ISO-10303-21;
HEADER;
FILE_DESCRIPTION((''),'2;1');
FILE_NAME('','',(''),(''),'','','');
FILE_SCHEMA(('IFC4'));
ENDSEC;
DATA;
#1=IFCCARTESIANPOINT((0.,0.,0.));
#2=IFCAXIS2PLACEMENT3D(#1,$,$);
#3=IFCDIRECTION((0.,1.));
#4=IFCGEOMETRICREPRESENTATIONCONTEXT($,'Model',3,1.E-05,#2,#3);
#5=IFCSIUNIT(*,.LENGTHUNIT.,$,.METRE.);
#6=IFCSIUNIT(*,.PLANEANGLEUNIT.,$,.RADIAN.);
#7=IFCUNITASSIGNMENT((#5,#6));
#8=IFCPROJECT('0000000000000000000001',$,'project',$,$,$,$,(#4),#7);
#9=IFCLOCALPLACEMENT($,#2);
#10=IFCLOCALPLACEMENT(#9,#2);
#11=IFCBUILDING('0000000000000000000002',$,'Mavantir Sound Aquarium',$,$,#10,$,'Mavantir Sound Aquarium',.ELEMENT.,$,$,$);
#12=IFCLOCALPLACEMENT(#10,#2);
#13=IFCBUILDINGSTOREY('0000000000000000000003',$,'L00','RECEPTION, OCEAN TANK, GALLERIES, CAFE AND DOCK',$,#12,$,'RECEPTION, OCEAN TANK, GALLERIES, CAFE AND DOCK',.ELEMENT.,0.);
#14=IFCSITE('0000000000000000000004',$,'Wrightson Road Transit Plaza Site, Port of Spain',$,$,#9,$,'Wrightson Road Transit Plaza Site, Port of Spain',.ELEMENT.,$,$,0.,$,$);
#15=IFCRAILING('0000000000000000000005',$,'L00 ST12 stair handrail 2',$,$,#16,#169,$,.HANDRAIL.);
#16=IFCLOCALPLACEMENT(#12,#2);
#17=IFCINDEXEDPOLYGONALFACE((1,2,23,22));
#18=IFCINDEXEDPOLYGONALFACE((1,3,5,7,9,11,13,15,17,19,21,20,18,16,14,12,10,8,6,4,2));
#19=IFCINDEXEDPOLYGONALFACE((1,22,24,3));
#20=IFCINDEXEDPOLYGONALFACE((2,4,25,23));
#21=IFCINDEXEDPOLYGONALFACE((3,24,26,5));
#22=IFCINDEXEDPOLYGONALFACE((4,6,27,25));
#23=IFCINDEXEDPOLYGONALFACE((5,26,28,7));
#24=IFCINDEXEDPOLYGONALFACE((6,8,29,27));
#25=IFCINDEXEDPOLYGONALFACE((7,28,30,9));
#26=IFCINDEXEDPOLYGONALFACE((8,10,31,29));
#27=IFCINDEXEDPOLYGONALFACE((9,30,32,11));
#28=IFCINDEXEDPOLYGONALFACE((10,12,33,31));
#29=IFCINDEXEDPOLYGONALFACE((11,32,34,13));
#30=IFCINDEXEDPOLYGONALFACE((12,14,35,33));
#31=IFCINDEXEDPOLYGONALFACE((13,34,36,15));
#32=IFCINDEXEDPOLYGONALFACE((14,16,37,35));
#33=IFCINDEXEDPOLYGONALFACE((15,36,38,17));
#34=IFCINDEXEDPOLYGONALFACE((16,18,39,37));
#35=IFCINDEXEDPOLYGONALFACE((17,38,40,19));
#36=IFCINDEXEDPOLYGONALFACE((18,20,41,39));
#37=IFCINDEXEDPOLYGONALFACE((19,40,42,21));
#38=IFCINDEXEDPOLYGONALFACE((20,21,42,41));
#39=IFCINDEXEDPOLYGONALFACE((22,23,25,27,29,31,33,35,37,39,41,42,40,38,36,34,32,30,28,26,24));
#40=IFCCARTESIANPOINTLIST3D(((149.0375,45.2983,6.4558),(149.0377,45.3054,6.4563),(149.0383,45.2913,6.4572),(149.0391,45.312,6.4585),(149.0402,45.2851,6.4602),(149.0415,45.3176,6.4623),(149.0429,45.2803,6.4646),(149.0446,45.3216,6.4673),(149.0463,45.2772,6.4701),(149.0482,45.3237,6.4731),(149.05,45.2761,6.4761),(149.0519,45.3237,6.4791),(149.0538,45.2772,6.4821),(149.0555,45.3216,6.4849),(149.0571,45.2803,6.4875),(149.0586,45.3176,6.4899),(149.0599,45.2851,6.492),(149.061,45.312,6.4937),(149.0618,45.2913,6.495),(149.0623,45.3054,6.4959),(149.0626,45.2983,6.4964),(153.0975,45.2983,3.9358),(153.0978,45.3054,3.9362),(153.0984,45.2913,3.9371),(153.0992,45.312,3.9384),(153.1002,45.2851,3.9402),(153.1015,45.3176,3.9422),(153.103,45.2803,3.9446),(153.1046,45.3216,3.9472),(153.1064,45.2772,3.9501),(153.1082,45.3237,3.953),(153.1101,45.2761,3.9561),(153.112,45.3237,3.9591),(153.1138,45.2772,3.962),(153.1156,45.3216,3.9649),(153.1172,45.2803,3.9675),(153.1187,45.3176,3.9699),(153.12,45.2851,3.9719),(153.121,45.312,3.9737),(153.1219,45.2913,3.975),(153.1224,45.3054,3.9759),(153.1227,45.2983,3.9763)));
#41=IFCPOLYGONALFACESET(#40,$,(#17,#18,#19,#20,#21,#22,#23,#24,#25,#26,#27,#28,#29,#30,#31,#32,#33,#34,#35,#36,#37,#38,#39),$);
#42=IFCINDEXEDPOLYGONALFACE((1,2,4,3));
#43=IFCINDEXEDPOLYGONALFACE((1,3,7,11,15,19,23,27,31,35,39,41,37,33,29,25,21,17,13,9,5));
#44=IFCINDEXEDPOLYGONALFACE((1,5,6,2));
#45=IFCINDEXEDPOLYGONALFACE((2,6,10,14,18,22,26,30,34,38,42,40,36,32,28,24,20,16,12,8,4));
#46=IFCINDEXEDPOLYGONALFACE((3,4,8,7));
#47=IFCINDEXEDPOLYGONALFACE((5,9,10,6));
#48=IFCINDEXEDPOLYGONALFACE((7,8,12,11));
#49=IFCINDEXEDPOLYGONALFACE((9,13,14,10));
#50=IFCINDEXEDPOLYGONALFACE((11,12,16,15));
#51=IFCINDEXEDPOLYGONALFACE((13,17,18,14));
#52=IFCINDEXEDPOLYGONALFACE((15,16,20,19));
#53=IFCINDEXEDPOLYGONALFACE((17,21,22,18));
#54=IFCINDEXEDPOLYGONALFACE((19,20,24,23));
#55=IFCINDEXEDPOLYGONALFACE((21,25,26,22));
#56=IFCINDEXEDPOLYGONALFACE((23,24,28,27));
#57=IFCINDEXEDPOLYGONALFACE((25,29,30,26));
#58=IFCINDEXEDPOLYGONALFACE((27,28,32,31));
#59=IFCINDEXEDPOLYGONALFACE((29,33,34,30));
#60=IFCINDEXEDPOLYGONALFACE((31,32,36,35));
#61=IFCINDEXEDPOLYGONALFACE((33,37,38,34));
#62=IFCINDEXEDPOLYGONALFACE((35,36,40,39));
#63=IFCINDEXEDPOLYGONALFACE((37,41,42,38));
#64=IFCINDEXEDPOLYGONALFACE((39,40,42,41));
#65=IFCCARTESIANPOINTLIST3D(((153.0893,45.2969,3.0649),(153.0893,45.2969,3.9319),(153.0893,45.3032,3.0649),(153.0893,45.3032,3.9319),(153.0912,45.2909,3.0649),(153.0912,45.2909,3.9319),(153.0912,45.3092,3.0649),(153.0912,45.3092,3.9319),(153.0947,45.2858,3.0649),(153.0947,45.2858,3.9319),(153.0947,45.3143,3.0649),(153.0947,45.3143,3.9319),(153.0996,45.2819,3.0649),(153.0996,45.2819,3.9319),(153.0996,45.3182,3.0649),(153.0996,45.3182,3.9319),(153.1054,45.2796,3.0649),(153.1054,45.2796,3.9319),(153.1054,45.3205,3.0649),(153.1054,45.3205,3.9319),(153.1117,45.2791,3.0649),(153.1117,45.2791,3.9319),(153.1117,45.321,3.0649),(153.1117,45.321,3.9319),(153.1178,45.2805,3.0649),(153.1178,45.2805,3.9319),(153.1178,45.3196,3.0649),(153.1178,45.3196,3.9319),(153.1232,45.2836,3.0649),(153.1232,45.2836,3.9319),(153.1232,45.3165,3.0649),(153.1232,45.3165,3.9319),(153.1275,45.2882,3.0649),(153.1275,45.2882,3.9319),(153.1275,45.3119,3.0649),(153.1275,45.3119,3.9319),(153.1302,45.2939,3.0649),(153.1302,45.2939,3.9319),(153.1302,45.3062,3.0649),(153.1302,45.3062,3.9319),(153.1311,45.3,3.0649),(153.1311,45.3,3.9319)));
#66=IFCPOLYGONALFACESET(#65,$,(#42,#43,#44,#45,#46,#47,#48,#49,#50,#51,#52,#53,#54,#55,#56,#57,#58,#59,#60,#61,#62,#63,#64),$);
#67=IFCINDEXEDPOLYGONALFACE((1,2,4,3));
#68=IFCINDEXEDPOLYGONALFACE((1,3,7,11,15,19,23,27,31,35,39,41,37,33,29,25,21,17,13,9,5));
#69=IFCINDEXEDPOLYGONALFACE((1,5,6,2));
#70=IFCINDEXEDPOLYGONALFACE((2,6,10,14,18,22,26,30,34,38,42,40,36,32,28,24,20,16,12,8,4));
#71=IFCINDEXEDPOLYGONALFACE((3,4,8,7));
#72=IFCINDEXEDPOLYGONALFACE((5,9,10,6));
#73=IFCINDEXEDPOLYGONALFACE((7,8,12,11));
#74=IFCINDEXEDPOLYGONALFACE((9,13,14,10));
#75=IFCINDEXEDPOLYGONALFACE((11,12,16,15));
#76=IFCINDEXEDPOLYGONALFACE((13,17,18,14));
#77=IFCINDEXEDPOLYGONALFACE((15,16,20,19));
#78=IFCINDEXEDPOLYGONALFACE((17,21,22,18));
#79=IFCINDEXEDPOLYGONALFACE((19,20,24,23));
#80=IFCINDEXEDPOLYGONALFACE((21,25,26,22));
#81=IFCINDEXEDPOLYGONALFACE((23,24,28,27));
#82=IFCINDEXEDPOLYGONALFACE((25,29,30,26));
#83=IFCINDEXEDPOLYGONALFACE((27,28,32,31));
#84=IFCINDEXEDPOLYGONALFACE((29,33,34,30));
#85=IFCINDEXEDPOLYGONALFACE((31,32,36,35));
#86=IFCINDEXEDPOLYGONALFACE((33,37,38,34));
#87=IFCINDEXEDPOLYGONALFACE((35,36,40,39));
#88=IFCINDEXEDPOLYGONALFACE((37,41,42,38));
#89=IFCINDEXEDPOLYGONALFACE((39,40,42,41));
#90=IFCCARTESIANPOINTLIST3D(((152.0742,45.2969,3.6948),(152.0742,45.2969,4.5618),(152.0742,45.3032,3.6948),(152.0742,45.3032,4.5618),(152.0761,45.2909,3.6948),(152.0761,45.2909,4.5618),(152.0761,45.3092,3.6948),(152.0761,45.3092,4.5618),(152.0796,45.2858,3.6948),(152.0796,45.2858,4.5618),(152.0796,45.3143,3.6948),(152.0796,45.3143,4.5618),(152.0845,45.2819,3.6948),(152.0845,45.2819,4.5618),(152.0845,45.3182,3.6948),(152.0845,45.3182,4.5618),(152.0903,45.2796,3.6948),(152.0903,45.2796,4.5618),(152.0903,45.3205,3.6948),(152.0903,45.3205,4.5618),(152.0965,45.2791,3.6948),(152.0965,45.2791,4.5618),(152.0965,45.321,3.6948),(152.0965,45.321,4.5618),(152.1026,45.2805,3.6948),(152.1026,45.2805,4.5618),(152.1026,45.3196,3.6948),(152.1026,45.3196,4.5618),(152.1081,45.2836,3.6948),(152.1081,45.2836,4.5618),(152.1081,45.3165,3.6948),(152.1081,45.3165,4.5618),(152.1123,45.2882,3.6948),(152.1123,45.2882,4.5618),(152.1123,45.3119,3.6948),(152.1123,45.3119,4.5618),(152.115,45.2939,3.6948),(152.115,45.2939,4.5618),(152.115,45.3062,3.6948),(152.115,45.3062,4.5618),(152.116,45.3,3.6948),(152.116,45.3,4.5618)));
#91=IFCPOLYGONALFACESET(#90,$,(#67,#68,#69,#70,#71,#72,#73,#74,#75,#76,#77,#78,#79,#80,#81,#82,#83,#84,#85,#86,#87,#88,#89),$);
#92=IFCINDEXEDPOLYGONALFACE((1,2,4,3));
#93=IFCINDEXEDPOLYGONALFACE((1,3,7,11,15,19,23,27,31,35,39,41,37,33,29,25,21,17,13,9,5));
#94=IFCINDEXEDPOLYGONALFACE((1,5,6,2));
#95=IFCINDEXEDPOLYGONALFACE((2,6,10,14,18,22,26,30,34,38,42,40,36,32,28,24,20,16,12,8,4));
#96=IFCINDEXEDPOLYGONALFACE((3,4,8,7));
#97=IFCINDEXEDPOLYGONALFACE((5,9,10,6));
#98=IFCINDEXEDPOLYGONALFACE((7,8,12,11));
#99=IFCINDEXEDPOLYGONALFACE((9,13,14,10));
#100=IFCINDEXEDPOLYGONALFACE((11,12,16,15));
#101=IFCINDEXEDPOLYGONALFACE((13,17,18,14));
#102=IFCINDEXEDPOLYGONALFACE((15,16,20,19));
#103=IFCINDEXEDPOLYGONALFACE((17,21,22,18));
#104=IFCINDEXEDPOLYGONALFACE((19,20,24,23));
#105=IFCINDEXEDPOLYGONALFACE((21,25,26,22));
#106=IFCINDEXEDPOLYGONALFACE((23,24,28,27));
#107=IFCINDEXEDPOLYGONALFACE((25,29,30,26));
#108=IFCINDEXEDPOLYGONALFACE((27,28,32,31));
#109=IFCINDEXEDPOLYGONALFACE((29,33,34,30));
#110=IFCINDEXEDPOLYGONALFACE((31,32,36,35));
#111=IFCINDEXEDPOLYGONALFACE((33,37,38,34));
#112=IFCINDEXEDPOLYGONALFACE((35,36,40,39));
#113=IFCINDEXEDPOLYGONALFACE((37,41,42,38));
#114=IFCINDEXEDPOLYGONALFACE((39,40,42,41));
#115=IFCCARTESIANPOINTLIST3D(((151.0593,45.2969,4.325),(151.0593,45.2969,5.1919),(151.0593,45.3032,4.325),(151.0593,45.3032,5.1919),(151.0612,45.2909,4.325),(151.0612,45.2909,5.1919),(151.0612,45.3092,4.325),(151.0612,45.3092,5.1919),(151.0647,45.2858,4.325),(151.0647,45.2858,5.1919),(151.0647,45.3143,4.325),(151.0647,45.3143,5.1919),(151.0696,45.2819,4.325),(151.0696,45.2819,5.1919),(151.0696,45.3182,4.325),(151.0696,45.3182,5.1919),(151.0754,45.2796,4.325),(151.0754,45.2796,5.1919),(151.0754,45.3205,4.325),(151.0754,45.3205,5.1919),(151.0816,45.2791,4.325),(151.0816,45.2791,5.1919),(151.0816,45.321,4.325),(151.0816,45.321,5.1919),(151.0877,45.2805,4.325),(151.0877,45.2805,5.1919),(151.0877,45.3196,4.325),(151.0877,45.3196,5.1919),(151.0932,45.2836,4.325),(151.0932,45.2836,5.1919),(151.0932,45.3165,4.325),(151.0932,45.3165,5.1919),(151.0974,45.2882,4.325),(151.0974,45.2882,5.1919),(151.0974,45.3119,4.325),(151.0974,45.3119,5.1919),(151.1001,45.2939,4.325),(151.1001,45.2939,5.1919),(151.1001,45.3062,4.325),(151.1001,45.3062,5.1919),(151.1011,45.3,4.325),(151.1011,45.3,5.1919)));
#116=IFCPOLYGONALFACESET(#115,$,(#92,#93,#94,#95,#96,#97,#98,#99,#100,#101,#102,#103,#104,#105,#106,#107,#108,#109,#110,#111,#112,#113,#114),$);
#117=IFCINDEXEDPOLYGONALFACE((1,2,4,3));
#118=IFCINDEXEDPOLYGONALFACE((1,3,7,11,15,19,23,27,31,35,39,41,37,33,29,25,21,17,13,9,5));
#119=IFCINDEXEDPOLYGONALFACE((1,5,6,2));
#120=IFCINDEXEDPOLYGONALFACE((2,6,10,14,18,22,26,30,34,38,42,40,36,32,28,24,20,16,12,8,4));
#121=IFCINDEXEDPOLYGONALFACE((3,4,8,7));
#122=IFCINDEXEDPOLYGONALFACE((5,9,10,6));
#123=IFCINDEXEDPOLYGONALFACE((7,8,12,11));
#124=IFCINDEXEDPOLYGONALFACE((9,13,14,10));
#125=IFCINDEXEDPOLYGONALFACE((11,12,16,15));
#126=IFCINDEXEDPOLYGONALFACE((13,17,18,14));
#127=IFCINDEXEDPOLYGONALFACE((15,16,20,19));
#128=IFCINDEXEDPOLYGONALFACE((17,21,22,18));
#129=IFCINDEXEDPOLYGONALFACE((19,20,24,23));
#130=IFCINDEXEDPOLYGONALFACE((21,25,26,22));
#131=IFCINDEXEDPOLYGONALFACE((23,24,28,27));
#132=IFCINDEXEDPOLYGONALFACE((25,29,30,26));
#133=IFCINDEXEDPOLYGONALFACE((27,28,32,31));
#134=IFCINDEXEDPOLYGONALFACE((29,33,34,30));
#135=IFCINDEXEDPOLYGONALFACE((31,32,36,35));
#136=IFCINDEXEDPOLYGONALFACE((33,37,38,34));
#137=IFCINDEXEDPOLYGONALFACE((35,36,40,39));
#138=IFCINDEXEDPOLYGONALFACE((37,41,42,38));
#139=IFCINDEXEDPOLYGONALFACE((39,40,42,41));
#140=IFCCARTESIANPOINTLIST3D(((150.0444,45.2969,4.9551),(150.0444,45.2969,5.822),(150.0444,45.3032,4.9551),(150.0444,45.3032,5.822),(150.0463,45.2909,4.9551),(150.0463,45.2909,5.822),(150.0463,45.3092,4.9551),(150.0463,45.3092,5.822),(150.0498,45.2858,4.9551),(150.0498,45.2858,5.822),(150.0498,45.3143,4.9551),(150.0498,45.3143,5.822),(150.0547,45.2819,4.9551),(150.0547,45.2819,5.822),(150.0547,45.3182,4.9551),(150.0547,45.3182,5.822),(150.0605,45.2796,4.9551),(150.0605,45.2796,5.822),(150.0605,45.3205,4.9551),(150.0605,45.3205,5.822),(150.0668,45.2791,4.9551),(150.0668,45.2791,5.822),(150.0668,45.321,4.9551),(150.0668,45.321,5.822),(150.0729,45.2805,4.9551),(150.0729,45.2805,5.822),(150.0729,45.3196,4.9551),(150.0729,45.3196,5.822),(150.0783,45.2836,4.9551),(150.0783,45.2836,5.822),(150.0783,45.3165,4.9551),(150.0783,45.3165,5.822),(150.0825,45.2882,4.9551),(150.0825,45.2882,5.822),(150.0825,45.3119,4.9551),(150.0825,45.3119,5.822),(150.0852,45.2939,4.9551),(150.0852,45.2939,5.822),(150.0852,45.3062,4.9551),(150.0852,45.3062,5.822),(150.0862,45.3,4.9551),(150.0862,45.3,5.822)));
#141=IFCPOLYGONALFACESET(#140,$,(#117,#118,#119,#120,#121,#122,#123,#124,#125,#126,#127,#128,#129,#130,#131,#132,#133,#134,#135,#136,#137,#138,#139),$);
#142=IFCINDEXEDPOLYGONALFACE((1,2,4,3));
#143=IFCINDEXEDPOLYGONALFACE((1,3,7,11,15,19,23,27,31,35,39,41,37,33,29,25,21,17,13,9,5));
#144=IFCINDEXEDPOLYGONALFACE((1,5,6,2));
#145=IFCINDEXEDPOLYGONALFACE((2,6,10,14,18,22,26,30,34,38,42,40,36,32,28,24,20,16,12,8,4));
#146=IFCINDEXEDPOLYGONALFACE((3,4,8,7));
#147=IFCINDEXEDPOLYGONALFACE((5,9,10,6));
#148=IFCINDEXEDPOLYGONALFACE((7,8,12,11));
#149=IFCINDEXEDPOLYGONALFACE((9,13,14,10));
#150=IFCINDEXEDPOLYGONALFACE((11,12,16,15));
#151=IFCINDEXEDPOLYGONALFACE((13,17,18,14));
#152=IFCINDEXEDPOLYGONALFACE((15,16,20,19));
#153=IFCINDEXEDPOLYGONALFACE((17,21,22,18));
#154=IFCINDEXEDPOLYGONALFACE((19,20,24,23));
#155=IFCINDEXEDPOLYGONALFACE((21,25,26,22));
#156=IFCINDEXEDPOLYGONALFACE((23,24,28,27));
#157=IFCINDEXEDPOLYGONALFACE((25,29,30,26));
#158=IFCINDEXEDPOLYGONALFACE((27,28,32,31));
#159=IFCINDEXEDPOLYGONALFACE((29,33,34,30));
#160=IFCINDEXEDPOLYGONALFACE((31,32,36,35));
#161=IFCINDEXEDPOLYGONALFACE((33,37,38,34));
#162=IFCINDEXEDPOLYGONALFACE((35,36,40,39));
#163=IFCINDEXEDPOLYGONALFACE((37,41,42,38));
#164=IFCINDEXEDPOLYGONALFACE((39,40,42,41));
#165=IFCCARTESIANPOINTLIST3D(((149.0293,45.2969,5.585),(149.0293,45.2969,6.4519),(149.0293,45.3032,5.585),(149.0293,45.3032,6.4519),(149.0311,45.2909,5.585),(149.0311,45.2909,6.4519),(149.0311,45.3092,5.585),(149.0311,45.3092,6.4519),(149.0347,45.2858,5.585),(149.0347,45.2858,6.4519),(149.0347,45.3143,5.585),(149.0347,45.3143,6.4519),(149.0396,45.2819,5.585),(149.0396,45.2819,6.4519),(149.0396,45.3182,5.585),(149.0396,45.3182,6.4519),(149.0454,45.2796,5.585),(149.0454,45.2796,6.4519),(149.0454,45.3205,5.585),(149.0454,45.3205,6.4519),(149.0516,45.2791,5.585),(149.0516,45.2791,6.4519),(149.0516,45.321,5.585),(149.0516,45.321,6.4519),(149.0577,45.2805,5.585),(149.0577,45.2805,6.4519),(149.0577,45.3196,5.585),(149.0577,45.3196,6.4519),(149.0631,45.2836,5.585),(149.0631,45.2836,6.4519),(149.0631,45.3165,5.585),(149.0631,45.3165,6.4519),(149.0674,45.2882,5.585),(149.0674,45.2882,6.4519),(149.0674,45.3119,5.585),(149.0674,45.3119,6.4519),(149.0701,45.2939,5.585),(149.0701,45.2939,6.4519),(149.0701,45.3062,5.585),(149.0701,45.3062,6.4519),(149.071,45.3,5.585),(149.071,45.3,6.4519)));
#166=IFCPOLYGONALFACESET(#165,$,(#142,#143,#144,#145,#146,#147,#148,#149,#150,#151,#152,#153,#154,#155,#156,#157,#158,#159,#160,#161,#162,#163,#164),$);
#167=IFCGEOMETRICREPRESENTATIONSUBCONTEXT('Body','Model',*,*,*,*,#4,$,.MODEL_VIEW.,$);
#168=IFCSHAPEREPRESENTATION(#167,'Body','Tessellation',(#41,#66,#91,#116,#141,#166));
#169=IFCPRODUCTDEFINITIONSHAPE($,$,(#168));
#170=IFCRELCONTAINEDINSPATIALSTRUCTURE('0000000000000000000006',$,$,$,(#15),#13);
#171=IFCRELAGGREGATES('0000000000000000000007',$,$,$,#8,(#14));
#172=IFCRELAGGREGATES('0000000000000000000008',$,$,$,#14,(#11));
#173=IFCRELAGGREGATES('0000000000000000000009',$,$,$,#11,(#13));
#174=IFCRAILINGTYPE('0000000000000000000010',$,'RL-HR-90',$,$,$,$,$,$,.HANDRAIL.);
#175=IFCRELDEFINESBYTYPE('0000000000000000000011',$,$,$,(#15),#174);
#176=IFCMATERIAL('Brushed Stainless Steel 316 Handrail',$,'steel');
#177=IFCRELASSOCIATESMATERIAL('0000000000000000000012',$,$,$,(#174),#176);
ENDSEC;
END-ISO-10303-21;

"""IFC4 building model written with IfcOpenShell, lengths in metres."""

from ifc_helpers import new_model, si_unit, direction, frame, origin, origin_2d, place, context, subcontext, project, spatial, circle, extrude, material, type_object, element, save


model = new_model("IFC4")

# Units and contexts
model_context = context("Model", 3, precision=1e-05, world=origin(), true_north=direction((0.0, 1.0)))
body_context = subcontext(model_context, "Body", "Model", "MODEL_VIEW")
ifc_project = project(units=[si_unit("LENGTHUNIT", "METRE"), si_unit("PLANEANGLEUNIT", "RADIAN")], contexts=[model_context])

# Site, building, storey
site_placement = place(None, origin())
site = spatial("IfcSite", under=ifc_project, at=site_placement, Name="Wrightson Road Transit Plaza Site, Port of Spain", LongName="Wrightson Road Transit Plaza Site, Port of Spain", CompositionType="ELEMENT", RefElevation=0.0)
building_placement = place(site_placement, origin())
building = spatial("IfcBuilding", under=site, at=building_placement, Name="Mavantir Sound Aquarium", LongName="Mavantir Sound Aquarium", CompositionType="ELEMENT")
storey_placement = place(building_placement, origin())
storey = spatial("IfcBuildingStorey", under=building, at=storey_placement, Name="L00", Description="RECEPTION, OCEAN TANK, GALLERIES, CAFE AND DOCK", LongName="RECEPTION, OCEAN TANK, GALLERIES, CAFE AND DOCK", CompositionType="ELEMENT", Elevation=0.0)

# Railing
ifc_material_1 = material(Name="Brushed Stainless Steel 316 Handrail", Category="steel")
railing_type_1 = type_object("IfcRailingType", Name="RL-HR-90", PredefinedType="HANDRAIL", material=ifc_material_1)
railing_1_placement = place(storey_placement, frame((153.1101, 45.3, 3.0649)))
element("IfcRailing", 1, at=railing_1_placement, inside=storey, type_object=railing_type_1, Name="L00 ST12 stair handrail 2", PredefinedType="HANDRAIL", context=body_context, shape_type="SweptSolid", body=[
    extrude(circle(Radius=0.0239, at=origin_2d()), frame((0.0, 0.0, 0.8911), z_axis=(-0.849642, 0.0, 0.52736), x_axis=(0.0, -1.0, 0.0)), (0.0, 0.0, 1.0), 4.7786),
    extrude(circle(Radius=0.021, at=origin_2d()), origin(), (0.0, 0.0, 1.0), 0.8669),
    extrude(circle(Radius=0.021, at=origin_2d()), frame((-1.0151, 0.0, 0.6299)), (0.0, 0.0, 1.0), 0.8669),
    extrude(circle(Radius=0.021, at=origin_2d()), frame((-2.03, 0.0, 1.26)), (0.0, 0.0, 1.0), 0.8669),
    extrude(circle(Radius=0.021, at=origin_2d()), frame((-3.0449, 0.0, 1.8901)), (0.0, 0.0, 1.0), 0.8669),
    extrude(circle(Radius=0.021, at=origin_2d()), frame((-4.0601, 0.0, 2.52)), (0.0, 0.0, 1.0), 0.8669),
])

save(model, "model.ifc")
